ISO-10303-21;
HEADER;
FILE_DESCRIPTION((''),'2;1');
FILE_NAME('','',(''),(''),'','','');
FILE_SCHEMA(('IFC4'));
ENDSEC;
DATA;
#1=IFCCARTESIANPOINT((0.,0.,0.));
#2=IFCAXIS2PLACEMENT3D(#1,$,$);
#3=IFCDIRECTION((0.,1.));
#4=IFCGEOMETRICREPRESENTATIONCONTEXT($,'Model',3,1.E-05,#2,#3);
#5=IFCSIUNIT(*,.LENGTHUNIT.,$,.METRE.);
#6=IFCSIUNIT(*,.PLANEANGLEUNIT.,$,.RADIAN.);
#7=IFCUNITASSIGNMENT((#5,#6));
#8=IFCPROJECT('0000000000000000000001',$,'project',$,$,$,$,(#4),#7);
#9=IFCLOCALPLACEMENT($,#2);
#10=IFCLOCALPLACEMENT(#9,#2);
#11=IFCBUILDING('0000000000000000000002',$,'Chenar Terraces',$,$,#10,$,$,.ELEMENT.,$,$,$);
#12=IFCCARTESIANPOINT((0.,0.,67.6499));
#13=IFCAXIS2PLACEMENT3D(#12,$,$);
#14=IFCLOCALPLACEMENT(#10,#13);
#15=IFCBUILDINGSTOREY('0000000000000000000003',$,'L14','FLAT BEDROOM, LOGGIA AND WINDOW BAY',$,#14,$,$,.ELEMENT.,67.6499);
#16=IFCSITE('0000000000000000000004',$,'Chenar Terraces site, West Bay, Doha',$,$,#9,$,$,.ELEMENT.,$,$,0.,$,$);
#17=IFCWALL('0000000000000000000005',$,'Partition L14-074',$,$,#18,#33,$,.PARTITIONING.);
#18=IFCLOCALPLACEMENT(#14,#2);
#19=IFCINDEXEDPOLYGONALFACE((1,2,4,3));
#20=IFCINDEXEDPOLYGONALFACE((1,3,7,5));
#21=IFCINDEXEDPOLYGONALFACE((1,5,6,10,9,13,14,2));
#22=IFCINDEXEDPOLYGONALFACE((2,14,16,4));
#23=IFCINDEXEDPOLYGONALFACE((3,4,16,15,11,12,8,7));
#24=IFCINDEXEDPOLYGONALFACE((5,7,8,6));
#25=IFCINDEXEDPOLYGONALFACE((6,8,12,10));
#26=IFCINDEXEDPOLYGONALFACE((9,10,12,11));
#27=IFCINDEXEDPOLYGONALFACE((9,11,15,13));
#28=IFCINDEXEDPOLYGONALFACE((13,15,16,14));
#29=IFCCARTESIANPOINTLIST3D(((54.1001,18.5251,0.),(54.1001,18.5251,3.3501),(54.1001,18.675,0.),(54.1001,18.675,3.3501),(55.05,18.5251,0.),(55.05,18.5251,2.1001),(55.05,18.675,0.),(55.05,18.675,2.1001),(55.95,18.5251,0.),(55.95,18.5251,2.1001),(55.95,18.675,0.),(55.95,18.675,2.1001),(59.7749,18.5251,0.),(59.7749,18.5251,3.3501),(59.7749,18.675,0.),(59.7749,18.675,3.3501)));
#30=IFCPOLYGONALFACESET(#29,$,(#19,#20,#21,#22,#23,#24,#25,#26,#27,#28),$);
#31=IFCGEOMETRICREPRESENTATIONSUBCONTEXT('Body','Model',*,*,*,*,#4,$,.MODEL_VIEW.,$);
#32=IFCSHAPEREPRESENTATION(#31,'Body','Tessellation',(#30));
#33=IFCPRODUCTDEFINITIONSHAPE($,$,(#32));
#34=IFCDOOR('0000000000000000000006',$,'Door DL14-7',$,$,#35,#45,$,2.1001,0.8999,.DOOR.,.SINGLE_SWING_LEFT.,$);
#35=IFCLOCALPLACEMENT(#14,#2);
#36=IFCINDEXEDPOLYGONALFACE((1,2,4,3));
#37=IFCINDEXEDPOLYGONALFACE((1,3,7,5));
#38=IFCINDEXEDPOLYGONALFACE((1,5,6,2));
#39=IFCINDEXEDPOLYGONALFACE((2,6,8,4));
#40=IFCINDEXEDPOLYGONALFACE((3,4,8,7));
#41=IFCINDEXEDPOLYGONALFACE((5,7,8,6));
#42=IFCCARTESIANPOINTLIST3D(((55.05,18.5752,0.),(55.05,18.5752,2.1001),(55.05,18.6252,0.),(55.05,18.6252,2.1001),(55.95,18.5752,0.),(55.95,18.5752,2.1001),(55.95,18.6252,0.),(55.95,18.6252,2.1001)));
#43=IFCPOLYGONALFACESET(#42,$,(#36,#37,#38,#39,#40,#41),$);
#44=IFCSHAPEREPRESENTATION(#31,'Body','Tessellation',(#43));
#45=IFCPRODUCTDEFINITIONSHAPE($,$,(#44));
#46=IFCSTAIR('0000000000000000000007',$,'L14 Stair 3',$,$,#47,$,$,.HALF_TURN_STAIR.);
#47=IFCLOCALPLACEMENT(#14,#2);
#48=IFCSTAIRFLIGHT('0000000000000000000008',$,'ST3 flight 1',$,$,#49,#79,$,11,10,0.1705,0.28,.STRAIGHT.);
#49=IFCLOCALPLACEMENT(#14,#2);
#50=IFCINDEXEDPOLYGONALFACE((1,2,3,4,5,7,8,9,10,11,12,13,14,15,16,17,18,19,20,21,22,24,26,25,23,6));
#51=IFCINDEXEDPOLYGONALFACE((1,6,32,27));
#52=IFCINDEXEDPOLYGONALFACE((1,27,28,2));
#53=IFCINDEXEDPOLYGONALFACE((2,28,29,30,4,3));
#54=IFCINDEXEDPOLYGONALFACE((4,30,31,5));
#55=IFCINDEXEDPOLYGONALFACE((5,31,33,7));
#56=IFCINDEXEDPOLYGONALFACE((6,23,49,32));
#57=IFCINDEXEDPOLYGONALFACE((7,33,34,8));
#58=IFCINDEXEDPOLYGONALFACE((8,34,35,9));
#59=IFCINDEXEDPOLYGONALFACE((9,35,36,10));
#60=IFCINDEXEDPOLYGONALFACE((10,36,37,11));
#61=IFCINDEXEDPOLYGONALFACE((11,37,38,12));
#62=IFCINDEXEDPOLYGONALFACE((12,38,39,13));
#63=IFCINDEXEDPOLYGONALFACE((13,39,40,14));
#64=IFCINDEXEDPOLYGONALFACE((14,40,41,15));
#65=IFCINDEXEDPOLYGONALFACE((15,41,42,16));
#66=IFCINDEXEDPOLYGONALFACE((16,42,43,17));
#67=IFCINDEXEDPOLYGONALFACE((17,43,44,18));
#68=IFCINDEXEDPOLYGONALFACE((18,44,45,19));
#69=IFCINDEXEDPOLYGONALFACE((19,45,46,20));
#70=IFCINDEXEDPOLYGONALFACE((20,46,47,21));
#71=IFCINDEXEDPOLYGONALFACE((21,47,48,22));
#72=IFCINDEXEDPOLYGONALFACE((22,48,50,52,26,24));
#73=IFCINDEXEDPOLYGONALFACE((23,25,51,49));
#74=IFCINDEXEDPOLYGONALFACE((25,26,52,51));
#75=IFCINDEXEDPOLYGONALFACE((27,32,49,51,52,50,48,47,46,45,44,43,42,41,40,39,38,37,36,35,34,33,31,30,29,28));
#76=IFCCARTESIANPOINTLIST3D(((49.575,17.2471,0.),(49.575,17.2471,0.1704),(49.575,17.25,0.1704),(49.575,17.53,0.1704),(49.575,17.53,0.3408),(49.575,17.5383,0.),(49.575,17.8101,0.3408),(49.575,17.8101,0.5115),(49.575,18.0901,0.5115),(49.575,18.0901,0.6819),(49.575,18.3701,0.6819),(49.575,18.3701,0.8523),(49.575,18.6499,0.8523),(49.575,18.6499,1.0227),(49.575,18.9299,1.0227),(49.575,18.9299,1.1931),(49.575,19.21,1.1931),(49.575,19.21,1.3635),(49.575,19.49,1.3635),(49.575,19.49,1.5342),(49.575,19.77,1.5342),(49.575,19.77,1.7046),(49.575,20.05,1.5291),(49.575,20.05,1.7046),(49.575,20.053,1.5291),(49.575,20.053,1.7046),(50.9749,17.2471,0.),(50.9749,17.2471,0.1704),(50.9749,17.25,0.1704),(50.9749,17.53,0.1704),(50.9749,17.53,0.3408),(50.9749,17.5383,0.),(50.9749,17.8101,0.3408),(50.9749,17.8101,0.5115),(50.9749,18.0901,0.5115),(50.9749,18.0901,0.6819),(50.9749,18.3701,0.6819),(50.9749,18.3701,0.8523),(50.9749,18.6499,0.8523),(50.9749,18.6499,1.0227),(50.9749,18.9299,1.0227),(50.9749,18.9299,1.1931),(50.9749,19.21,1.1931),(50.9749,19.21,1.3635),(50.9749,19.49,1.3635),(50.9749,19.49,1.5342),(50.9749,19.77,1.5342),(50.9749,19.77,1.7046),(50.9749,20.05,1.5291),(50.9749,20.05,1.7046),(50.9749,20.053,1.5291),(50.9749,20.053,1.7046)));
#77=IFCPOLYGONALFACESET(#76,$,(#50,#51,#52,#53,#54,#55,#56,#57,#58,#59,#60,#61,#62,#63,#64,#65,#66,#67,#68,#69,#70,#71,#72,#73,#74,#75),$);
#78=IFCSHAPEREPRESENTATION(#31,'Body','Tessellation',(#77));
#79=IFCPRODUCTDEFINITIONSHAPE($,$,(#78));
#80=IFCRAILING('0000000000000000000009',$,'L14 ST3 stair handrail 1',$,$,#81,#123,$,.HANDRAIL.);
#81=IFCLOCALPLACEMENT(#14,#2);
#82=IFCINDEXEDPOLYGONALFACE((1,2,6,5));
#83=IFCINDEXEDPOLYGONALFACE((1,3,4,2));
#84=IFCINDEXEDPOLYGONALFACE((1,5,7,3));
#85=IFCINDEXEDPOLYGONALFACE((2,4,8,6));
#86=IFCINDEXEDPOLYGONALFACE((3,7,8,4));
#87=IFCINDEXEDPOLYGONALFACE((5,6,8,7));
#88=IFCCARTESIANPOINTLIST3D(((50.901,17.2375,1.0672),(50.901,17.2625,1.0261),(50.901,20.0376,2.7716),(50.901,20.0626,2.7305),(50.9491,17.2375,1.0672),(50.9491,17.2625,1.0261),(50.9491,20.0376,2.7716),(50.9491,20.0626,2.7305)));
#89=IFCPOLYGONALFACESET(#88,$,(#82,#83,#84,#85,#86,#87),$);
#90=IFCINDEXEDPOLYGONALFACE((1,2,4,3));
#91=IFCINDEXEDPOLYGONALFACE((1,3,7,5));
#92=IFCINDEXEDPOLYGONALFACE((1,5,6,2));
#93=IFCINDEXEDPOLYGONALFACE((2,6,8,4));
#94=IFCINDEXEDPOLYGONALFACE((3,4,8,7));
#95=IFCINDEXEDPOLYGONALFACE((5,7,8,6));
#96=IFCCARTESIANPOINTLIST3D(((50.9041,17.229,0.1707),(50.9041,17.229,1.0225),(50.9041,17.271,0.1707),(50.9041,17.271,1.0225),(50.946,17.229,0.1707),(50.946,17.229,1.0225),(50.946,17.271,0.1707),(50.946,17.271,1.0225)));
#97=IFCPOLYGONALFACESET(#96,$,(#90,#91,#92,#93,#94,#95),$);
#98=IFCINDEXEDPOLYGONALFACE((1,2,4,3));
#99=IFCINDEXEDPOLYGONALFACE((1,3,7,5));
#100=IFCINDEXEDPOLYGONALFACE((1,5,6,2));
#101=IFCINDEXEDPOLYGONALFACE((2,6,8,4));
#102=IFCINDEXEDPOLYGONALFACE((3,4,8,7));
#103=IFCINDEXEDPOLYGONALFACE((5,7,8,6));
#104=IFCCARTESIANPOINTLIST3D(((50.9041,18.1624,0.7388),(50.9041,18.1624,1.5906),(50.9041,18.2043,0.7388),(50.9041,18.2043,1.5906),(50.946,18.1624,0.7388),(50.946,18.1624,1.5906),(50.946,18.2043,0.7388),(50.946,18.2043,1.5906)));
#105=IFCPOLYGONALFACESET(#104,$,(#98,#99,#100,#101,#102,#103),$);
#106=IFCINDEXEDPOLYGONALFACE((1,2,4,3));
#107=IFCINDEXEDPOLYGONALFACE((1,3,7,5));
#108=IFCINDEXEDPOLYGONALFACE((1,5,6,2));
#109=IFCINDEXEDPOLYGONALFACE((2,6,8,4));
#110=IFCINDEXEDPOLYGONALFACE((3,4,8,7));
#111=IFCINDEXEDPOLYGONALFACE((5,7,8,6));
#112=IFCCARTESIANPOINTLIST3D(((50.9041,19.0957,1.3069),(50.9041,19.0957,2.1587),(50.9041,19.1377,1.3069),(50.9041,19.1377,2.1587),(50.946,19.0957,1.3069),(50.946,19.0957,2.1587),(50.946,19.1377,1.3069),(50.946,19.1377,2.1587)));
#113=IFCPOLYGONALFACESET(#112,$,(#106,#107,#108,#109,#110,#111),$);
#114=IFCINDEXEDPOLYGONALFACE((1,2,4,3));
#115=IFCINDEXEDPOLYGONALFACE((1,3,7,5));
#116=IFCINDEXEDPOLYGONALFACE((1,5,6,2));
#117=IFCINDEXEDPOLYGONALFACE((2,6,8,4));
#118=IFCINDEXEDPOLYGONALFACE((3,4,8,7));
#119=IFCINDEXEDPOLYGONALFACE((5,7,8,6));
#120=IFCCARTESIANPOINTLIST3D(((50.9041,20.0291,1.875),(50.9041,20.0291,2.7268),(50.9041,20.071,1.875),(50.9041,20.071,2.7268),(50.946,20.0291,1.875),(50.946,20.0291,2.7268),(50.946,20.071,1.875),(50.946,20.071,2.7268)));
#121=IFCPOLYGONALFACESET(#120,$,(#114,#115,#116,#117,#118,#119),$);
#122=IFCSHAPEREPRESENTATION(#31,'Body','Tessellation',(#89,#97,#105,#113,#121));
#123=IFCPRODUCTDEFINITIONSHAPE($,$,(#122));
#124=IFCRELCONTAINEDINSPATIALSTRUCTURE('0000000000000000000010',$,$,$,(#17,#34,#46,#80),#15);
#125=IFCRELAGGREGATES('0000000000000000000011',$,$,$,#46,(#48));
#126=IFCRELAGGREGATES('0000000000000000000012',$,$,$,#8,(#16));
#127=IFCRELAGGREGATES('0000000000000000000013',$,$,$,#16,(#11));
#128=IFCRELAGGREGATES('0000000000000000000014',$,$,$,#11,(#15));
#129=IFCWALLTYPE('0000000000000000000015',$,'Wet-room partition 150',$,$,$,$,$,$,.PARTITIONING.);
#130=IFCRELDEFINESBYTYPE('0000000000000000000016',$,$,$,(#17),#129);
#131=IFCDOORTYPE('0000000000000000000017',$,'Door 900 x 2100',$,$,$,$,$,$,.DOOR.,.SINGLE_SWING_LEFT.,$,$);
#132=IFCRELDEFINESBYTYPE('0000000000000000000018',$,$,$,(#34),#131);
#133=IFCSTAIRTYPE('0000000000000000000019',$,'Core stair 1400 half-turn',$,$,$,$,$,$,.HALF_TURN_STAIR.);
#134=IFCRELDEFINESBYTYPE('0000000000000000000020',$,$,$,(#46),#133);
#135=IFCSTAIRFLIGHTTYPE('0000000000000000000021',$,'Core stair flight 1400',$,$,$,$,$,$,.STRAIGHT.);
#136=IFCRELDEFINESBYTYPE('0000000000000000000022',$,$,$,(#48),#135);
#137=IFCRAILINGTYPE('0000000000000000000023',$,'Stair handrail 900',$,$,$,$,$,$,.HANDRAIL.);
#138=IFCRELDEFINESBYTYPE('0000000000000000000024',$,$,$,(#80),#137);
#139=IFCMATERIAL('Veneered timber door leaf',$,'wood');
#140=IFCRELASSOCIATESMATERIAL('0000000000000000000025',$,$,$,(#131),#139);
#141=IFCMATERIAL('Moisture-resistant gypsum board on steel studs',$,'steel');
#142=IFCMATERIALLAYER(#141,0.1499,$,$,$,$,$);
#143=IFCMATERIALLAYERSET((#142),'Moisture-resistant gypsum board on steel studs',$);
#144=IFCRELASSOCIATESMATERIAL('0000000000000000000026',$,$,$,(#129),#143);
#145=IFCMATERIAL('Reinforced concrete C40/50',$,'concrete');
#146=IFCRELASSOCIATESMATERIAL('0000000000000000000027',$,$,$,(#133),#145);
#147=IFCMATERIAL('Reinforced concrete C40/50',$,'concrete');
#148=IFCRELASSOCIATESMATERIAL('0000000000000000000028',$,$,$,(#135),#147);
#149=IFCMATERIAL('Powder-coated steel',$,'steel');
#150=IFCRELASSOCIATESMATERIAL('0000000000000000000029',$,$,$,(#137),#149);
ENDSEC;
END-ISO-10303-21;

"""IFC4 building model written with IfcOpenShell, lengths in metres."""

from ifc_helpers import new_model, si_unit, direction, frame, frame_2d, origin, origin_2d, place, context, subcontext, project, spatial, polyline, rectangle, outline, extrude, material, layer, layer_set, type_object, element, fill, aggregate, save


model = new_model("IFC4")

# Units and contexts
model_context = context("Model", 3, precision=1e-05, world=origin(), true_north=direction((0.0, 1.0)))
body_context = subcontext(model_context, "Body", "Model", "MODEL_VIEW")
ifc_project = project(units=[si_unit("LENGTHUNIT", "METRE"), si_unit("PLANEANGLEUNIT", "RADIAN")], contexts=[model_context])

# Site, building, storey
site_placement = place(None, origin())
site = spatial("IfcSite", under=ifc_project, at=site_placement, Name="Chenar Terraces site, West Bay, Doha", CompositionType="ELEMENT", RefElevation=0.0)
building_placement = place(site_placement, origin())
building = spatial("IfcBuilding", under=site, at=building_placement, Name="Chenar Terraces", CompositionType="ELEMENT")
storey_placement = place(building_placement, frame((0.0, 0.0, 67.6499)))
storey = spatial("IfcBuildingStorey", under=building, at=storey_placement, Name="L14", Description="FLAT BEDROOM, LOGGIA AND WINDOW BAY", CompositionType="ELEMENT", Elevation=67.6499)

# Wall, opening, door
ifc_material_1 = material(Name="Veneered timber door leaf", Category="wood")
door_type = type_object("IfcDoorType", Name="Door 900 x 2100", OperationType="SINGLE_SWING_LEFT", PredefinedType="DOOR", material=ifc_material_1)
ifc_material_2 = material(Name="Moisture-resistant gypsum board on steel studs", Category="steel")
ifc_layer_1 = layer(ifc_material_2, 0.1499)
ifc_layer_set_1 = layer_set([ifc_layer_1], Name="Moisture-resistant gypsum board on steel studs")
wall_type_1 = type_object("IfcWallType", Name="Wet-room partition 150", PredefinedType="PARTITIONING", material=ifc_layer_set_1)
wall_1_placement = place(storey_placement, frame((54.1001, 18.6001, 0.0), z_axis=(0.0, 0.0, 1.0), x_axis=(1.0, 0.0, 0.0)))
wall_1 = element("IfcWall", 1, at=wall_1_placement, inside=storey, type_object=wall_type_1, Name="Partition L14-074", PredefinedType="PARTITIONING", context=body_context, shape_type="SweptSolid", body=[
    extrude(rectangle(XDim=5.6748, YDim=0.1499, at=frame_2d((2.8374, 0.0))), origin(), (0.0, 0.0, 1.0), 3.3501),
])
opening_1_placement = place(wall_1_placement, frame((0.95, 0.0, 0.0)))
opening_1 = element("IfcOpeningElement", 2, at=opening_1_placement, cuts=wall_1, PredefinedType="OPENING", context=body_context, shape_type="SweptSolid", body=[
    extrude(rectangle(XDim=0.8999, YDim=2.1001, at=frame_2d((0.45, 1.05))), frame((0.0, 0.085, 0.0), z_axis=(0.0, -1.0, 0.0), x_axis=(1.0, 0.0, 0.0)), (0.0, 0.0, 1.0), 0.1699),
])
door_1_placement = place(opening_1_placement, frame((0.8999, 0.0, 0.0), z_axis=(0.0, 0.0, 1.0), x_axis=(-1.0, 0.0, 0.0)))
door_1 = element("IfcDoor", 3, at=door_1_placement, inside=storey, type_object=door_type, Name="Door DL14-7", OperationType="SINGLE_SWING_LEFT", OverallHeight=2.1001, OverallWidth=0.8999, PredefinedType="DOOR", context=body_context, shape_type="SweptSolid", body=[
    extrude(rectangle(XDim=0.8999, YDim=2.1001, at=frame_2d((0.45, 1.05))), frame((0.0, 0.0249, 0.0), z_axis=(0.0, -1.0, 0.0), x_axis=(1.0, 0.0, 0.0)), (0.0, 0.0, 1.0), 0.05),
])
fill(opening_1, door_1)

# Stair, stair flight
ifc_material_3 = material(Name="Reinforced concrete C40/50", Category="concrete")
stair_type = type_object("IfcStairType", Name="Core stair 1400 half-turn", PredefinedType="HALF_TURN_STAIR", material=ifc_material_3)
stair_placement = place(storey_placement, origin())
stair = element("IfcStair", 4, at=stair_placement, inside=storey, type_object=stair_type, Name="L14 Stair 3", PredefinedType="HALF_TURN_STAIR")
ifc_material_4 = material(Name="Reinforced concrete C40/50", Category="concrete")
stair_flight_type = type_object("IfcStairFlightType", Name="Core stair flight 1400", PredefinedType="STRAIGHT", material=ifc_material_4)
stair_flight_placement = place(storey_placement, frame((50.2749, 17.25, 0.0), z_axis=(0.0, 0.0, 1.0), x_axis=(0.0, 1.0, 0.0)))
stair_flight = element("IfcStairFlight", 5, at=stair_flight_placement, type_object=stair_flight_type, Name="ST3 flight 1", NumberOfRisers=11, NumberOfTreads=10, PredefinedType="STRAIGHT", RiserHeight=0.1705, TreadLength=0.28, context=body_context, shape_type="SweptSolid", body=[
    extrude(outline(polyline([(-0.0029, 0.0), (-0.0029, 0.1704), (0.0, 0.1704), (0.28, 0.1704), (0.28, 0.3408), (0.5601, 0.3408), (0.5601, 0.5115), (0.8401, 0.5115), (0.8401, 0.6819), (1.1201, 0.6819), (1.1201, 0.8523), (1.3999, 0.8523), (1.3999, 1.0227), (1.6799, 1.0227), (1.6799, 1.1931), (1.96, 1.1931), (1.96, 1.3635), (2.24, 1.3635), (2.24, 1.5342), (2.52, 1.5342), (2.52, 1.7046), (2.8, 1.7046), (2.803, 1.7046), (2.803, 1.5291), (2.8, 1.5291), (0.2883, 0.0), (-0.0029, 0.0)])), frame((0.0, 0.7, 0.0), z_axis=(0.0, -1.0, 0.0), x_axis=(1.0, 0.0, 0.0)), (0.0, 0.0, 1.0), 1.3999),
])
aggregate(stair, [stair_flight])

# Railing
ifc_material_5 = material(Name="Powder-coated steel", Category="steel")
railing_type = type_object("IfcRailingType", Name="Stair handrail 900", PredefinedType="HANDRAIL", material=ifc_material_5)
railing_placement = place(storey_placement, frame((50.925, 17.25, 0.1707)))
element("IfcRailing", 6, at=railing_placement, inside=storey, type_object=railing_type, Name="L14 ST3 stair handrail 1", PredefinedType="HANDRAIL", context=body_context, shape_type="SweptSolid", body=[
    extrude(rectangle(XDim=0.0481, YDim=0.0481, at=origin_2d()), frame((0.0, 0.0, 0.876), z_axis=(0.0, 0.854203, 0.51994), x_axis=(-1.0, 0.0, 0.0)), (0.0, 0.0, 1.0), 3.2781),
    extrude(rectangle(XDim=0.042, YDim=0.042, at=origin_2d()), origin(), (0.0, 0.0, 1.0), 0.8518),
    extrude(rectangle(XDim=0.042, YDim=0.042, at=origin_2d()), frame((0.0, 0.9333, 0.5681)), (0.0, 0.0, 1.0), 0.8518),
    extrude(rectangle(XDim=0.042, YDim=0.042, at=origin_2d()), frame((0.0, 1.8667, 1.1362)), (0.0, 0.0, 1.0), 0.8518),
    extrude(rectangle(XDim=0.042, YDim=0.042, at=origin_2d()), frame((0.0, 2.8, 1.7043)), (0.0, 0.0, 1.0), 0.8518),
])

save(model, "model.ifc")
